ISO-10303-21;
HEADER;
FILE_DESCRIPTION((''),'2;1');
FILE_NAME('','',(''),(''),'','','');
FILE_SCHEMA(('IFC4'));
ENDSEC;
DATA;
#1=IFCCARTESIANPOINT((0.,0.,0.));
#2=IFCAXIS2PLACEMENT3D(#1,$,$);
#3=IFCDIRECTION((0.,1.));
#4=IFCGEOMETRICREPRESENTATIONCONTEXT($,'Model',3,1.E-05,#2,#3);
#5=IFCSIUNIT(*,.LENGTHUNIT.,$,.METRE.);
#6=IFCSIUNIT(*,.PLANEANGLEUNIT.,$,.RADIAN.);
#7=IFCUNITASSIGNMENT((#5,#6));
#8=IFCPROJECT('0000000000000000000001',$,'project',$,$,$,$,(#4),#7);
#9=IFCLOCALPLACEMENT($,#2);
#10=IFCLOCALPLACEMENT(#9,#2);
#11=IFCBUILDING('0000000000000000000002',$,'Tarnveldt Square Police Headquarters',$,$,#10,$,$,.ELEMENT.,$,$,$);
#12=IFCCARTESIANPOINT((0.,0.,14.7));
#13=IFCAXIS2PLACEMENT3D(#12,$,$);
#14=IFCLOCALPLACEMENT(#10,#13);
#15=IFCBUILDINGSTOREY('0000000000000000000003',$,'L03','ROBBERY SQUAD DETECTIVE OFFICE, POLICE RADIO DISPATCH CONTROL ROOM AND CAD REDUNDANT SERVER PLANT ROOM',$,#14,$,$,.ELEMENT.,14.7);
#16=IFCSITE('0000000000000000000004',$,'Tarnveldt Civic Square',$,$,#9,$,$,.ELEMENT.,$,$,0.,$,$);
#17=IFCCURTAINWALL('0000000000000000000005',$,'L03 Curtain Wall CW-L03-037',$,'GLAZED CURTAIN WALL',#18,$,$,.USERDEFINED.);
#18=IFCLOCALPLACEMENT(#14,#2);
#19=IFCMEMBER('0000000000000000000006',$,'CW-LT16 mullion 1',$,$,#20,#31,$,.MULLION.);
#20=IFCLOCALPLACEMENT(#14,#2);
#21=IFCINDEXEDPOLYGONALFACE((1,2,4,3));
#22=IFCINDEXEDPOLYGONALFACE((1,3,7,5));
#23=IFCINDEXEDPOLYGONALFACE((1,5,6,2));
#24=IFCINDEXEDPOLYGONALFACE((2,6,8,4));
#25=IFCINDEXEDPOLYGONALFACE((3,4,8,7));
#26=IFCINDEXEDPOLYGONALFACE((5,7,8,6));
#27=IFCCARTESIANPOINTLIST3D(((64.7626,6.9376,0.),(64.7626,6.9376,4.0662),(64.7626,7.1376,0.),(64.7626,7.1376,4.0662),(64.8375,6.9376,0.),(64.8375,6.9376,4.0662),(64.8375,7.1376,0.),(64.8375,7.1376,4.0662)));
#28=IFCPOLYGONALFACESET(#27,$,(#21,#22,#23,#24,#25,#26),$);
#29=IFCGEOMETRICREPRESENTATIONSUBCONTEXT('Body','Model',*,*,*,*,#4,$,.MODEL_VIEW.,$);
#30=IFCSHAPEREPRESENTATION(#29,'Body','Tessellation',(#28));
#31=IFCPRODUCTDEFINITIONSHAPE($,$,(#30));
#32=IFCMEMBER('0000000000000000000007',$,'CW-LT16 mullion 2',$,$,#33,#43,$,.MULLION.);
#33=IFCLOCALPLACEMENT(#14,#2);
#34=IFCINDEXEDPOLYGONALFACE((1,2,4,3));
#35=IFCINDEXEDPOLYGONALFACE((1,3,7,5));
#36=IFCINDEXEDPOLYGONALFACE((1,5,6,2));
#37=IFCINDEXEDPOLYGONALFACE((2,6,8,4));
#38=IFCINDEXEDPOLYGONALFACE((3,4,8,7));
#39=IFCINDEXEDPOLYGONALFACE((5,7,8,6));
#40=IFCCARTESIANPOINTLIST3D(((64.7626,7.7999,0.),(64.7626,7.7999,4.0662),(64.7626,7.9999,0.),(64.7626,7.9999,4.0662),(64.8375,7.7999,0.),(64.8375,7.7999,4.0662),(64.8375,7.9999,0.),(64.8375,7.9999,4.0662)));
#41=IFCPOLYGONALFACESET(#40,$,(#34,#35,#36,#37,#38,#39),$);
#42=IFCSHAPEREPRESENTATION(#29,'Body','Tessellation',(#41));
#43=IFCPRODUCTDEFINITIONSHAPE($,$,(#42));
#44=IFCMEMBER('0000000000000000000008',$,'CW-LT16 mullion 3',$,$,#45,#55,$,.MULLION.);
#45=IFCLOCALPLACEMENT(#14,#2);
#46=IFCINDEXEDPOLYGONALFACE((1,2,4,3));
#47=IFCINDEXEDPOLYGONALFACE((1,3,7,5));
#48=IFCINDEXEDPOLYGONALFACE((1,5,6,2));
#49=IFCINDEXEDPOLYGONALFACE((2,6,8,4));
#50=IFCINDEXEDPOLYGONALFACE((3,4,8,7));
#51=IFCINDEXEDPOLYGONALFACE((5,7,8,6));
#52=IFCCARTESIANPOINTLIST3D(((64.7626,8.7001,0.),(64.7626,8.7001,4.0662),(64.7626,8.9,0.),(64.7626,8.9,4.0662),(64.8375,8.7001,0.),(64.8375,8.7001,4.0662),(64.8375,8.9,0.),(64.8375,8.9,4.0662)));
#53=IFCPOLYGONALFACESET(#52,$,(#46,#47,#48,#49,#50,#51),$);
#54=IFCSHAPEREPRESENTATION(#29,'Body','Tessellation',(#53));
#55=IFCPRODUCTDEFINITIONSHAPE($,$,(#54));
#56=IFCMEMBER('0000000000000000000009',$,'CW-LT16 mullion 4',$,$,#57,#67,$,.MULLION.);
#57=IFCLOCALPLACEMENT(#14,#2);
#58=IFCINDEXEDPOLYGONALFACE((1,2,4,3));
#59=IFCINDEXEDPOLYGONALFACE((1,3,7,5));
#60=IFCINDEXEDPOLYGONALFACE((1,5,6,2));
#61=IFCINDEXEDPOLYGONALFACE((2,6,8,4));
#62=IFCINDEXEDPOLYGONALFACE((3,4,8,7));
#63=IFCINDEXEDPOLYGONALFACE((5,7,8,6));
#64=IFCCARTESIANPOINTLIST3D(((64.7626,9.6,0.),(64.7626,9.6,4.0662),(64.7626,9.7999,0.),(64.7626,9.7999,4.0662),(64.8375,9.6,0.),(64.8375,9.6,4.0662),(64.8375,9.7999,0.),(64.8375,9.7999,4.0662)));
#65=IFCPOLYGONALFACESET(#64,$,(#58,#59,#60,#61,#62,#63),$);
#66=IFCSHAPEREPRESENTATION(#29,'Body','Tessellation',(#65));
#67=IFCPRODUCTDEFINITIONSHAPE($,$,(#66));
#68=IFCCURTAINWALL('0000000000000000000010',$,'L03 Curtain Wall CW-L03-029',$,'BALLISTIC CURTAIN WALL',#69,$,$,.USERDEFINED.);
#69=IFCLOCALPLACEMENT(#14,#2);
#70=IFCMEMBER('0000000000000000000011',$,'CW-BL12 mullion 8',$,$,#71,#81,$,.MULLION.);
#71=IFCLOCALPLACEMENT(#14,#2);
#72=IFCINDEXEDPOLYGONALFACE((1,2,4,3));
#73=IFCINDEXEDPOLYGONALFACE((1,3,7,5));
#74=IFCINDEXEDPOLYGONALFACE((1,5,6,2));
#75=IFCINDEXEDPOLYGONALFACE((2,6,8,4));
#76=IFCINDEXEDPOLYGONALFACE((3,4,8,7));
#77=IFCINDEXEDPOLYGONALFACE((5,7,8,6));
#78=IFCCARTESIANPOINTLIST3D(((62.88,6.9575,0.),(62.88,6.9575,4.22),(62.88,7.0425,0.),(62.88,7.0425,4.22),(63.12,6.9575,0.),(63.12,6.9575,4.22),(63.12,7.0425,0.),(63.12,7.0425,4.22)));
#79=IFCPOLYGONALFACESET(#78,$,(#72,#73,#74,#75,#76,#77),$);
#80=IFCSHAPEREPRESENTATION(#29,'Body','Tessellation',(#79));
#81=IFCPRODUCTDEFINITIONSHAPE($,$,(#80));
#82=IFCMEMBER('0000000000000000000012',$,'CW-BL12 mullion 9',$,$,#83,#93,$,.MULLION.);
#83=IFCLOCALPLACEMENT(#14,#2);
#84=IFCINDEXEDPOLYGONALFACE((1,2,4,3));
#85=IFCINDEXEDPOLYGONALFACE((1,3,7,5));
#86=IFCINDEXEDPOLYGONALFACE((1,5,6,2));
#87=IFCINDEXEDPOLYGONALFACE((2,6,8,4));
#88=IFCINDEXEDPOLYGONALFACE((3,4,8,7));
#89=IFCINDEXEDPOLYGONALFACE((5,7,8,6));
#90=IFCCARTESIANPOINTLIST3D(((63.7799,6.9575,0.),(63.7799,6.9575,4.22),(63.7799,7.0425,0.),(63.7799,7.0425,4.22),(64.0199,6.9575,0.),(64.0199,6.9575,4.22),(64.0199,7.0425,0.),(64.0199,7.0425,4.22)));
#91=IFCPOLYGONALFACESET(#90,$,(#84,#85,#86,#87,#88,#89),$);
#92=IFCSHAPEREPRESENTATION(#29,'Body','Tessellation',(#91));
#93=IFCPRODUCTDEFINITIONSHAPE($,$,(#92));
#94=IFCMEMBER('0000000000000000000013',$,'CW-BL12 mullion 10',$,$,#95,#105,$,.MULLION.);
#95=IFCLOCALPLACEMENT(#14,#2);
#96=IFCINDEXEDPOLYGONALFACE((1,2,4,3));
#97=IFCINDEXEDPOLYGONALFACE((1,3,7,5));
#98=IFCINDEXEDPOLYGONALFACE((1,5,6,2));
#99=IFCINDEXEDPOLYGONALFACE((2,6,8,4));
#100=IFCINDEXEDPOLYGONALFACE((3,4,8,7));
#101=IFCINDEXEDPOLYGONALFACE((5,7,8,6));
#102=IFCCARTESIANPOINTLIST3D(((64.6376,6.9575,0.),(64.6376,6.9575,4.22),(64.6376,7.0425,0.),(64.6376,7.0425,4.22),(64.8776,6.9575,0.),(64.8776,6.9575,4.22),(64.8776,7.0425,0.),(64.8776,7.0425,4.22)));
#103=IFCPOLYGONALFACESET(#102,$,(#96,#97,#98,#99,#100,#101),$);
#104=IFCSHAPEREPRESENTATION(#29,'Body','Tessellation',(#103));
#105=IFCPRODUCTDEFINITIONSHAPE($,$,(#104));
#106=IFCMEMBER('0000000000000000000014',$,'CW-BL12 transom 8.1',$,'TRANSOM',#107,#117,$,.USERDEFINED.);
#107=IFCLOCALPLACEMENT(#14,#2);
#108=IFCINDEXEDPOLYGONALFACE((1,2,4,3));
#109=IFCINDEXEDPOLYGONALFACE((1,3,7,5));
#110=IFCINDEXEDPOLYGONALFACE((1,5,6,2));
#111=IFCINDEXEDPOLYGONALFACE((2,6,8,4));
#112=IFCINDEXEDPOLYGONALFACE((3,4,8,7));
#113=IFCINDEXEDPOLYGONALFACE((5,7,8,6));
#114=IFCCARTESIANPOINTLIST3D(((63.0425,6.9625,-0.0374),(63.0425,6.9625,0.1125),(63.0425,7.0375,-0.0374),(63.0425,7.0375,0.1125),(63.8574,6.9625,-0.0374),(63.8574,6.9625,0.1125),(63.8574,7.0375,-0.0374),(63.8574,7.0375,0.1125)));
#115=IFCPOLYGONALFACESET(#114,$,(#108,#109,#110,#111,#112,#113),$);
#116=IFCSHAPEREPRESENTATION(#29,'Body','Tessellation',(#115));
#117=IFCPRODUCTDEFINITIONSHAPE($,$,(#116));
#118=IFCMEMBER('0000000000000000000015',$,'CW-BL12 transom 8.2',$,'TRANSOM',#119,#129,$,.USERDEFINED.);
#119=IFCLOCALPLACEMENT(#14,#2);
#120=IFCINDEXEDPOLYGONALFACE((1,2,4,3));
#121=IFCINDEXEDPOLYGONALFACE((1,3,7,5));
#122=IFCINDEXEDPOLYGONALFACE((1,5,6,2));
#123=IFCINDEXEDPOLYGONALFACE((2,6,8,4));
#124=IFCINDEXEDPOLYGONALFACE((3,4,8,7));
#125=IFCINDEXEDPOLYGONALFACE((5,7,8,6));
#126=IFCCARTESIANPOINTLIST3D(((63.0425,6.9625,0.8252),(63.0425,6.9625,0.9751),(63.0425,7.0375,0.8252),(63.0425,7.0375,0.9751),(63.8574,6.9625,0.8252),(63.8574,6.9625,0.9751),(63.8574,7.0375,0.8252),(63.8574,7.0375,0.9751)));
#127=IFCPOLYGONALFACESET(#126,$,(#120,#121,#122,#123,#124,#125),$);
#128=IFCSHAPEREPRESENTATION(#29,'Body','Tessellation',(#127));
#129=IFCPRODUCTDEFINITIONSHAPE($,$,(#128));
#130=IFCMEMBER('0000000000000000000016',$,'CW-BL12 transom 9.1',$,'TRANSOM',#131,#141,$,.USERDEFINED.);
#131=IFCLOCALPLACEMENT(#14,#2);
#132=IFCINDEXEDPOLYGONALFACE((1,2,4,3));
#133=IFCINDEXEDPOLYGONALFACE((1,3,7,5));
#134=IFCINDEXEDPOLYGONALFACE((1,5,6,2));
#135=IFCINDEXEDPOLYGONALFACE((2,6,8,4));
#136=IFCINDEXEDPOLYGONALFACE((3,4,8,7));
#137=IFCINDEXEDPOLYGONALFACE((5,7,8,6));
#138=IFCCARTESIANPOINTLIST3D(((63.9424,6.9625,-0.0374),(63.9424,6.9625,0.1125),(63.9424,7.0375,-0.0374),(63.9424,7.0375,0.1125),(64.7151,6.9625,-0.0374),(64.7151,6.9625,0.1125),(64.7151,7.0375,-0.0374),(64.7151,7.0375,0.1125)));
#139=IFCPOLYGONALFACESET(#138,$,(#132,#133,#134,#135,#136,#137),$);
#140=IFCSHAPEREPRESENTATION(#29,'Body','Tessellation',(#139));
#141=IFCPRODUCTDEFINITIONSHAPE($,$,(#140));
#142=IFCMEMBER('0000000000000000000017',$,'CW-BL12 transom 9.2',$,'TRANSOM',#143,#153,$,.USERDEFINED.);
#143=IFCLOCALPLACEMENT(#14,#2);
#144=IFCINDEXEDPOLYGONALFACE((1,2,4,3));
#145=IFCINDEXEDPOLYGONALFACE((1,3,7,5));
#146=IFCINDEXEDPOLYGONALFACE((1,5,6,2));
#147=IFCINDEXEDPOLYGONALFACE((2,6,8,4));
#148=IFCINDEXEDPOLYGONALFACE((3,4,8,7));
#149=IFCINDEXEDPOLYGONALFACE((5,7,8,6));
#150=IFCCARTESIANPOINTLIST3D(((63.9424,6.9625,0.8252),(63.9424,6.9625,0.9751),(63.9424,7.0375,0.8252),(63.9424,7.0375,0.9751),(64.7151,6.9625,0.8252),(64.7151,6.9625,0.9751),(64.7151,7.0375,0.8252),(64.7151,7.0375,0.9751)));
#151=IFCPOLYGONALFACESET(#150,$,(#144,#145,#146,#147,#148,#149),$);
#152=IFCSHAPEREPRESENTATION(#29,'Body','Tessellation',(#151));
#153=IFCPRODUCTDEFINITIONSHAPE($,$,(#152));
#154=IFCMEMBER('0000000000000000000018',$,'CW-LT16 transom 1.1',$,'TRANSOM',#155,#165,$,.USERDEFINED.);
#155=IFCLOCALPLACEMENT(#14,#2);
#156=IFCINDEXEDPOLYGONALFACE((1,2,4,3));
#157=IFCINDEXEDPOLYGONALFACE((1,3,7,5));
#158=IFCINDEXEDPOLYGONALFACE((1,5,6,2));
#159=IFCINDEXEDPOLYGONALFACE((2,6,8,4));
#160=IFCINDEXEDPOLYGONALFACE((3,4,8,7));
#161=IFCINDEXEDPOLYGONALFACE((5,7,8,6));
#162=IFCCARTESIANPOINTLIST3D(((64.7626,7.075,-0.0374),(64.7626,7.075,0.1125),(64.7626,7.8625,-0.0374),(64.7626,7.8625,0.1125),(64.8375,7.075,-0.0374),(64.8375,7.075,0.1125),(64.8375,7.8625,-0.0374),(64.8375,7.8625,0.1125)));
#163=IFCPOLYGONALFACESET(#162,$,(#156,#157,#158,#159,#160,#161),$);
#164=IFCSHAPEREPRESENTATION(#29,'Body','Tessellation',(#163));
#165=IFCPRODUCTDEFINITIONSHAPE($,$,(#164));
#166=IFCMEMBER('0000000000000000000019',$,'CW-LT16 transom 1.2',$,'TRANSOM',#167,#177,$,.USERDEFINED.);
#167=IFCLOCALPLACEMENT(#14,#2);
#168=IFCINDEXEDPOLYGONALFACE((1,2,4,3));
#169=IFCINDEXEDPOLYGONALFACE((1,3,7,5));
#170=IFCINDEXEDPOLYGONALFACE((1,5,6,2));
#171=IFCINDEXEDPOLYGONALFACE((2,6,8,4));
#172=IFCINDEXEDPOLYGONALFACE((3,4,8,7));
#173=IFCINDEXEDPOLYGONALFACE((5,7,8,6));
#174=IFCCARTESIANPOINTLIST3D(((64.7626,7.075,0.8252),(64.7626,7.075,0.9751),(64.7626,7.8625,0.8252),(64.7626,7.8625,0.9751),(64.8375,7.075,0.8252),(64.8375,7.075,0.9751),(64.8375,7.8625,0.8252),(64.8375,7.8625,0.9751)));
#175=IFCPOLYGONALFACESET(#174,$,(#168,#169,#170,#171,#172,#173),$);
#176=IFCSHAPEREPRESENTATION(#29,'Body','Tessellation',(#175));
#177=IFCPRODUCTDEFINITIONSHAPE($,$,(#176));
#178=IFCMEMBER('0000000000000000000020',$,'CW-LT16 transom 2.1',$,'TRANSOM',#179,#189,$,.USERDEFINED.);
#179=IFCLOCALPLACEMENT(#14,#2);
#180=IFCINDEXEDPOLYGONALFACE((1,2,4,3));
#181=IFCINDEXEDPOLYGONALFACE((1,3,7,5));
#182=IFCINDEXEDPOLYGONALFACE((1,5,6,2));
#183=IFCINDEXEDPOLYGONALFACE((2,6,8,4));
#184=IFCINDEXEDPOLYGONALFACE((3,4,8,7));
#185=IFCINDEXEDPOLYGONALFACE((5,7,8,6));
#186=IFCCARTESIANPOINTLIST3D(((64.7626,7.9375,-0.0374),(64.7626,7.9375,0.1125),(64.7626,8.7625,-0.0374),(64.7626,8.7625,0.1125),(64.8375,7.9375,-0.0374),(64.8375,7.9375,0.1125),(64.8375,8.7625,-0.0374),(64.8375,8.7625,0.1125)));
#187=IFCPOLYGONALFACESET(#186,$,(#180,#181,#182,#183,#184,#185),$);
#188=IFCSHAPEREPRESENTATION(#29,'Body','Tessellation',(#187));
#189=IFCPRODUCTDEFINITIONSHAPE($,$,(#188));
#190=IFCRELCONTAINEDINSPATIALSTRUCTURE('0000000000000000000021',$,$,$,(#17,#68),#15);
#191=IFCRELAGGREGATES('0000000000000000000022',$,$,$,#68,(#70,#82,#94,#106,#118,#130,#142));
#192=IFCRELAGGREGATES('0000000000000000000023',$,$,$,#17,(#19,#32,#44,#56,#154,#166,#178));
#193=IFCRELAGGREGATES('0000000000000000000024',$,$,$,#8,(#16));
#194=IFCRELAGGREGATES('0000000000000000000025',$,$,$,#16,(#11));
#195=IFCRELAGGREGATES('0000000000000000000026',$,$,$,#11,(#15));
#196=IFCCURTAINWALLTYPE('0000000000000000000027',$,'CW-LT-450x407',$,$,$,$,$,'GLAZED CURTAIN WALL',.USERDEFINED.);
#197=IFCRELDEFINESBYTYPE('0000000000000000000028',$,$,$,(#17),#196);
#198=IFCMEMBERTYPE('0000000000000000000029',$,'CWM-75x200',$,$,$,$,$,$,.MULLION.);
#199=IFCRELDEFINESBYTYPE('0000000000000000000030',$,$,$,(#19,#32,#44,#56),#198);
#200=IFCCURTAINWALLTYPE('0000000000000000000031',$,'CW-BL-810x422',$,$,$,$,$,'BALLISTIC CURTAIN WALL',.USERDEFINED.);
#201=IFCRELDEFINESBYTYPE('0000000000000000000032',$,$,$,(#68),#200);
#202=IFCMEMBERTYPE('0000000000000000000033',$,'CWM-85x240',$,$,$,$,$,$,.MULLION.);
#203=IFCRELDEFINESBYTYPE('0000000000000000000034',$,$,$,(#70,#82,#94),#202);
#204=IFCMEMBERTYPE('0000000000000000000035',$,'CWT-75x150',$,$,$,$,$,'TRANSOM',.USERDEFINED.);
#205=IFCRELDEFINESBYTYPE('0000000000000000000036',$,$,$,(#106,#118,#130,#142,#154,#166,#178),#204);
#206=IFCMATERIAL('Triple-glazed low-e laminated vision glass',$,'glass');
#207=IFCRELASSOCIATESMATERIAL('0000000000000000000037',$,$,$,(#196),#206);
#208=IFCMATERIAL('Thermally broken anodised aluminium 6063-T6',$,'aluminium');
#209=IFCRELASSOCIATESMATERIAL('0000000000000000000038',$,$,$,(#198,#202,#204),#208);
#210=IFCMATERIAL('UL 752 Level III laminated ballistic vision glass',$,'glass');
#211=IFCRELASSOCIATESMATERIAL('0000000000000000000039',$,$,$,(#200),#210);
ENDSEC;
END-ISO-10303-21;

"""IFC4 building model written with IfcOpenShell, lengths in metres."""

from ifc_helpers import new_model, si_unit, direction, frame, origin, origin_2d, place, context, subcontext, project, spatial, rectangle, extrude, material, material_profile, profile_set, type_object, element, aggregate, save


model = new_model("IFC4")

# Units and contexts
model_context = context("Model", 3, precision=1e-05, world=origin(), true_north=direction((0.0, 1.0)))
body_context = subcontext(model_context, "Body", "Model", "MODEL_VIEW")
ifc_project = project(units=[si_unit("LENGTHUNIT", "METRE"), si_unit("PLANEANGLEUNIT", "RADIAN")], contexts=[model_context])

# Site, building, storey
site_placement = place(None, origin())
site = spatial("IfcSite", under=ifc_project, at=site_placement, Name="Tarnveldt Civic Square", CompositionType="ELEMENT", RefElevation=0.0)
building_placement = place(site_placement, origin())
building = spatial("IfcBuilding", under=site, at=building_placement, Name="Tarnveldt Square Police Headquarters", CompositionType="ELEMENT")
storey_placement = place(building_placement, frame((0.0, 0.0, 14.7)))
storey = spatial("IfcBuildingStorey", under=building, at=storey_placement, Name="L03", Description="ROBBERY SQUAD DETECTIVE OFFICE, POLICE RADIO DISPATCH CONTROL ROOM AND CAD REDUNDANT SERVER PLANT ROOM", CompositionType="ELEMENT", Elevation=14.7)

# Curtain walls, members
ifc_material_1 = material(Name="Triple-glazed low-e laminated vision glass", Category="glass")
curtain_wall_type_1 = type_object("IfcCurtainWallType", Name="CW-LT-450x407", ElementType="GLAZED CURTAIN WALL", PredefinedType="USERDEFINED", material=ifc_material_1)
curtain_wall_1_placement = place(storey_placement, origin())
curtain_wall_1 = element("IfcCurtainWall", 1, at=curtain_wall_1_placement, inside=storey, type_object=curtain_wall_type_1, Name="L03 Curtain Wall CW-L03-037", ObjectType="GLAZED CURTAIN WALL", PredefinedType="USERDEFINED")
ifc_material_2 = material(Name="Thermally broken anodised aluminium 6063-T6", Category="aluminium")
ifc_material_profile_1 = material_profile(ifc_material_2, rectangle(XDim=0.075, YDim=0.2, at=origin_2d()), Name="CW-M75x200")
ifc_profile_set_1 = profile_set([ifc_material_profile_1], Name="Thermally broken anodised aluminium 6063-T6")
member_type_1 = type_object("IfcMemberType", Name="CWM-75x200", PredefinedType="MULLION", material=ifc_profile_set_1)
member_1_placement = place(storey_placement, frame((64.8, 7.0376, 0.0), z_axis=(0.0, 0.0, 1.0), x_axis=(-1.0, 0.0, 0.0)))
member_1 = element("IfcMember", 2, at=member_1_placement, type_object=member_type_1, Name="CW-LT16 mullion 1", PredefinedType="MULLION", context=body_context, shape_type="SweptSolid", body=[
    extrude(rectangle(XDim=0.075, YDim=0.2, at=origin_2d()), origin(), (0.0, 0.0, 1.0), 4.0662),
])
member_2_placement = place(storey_placement, frame((64.8, 7.8999, 0.0), z_axis=(0.0, 0.0, 1.0), x_axis=(-1.0, 0.0, 0.0)))
member_2 = element("IfcMember", 3, at=member_2_placement, type_object=member_type_1, Name="CW-LT16 mullion 2", PredefinedType="MULLION", context=body_context, shape_type="SweptSolid", body=[
    extrude(rectangle(XDim=0.075, YDim=0.2, at=origin_2d()), origin(), (0.0, 0.0, 1.0), 4.0662),
])
member_3_placement = place(storey_placement, frame((64.8, 8.8, 0.0), z_axis=(0.0, 0.0, 1.0), x_axis=(-1.0, 0.0, 0.0)))
member_3 = element("IfcMember", 4, at=member_3_placement, type_object=member_type_1, Name="CW-LT16 mullion 3", PredefinedType="MULLION", context=body_context, shape_type="SweptSolid", body=[
    extrude(rectangle(XDim=0.075, YDim=0.2, at=origin_2d()), origin(), (0.0, 0.0, 1.0), 4.0662),
])
member_4_placement = place(storey_placement, frame((64.8, 9.7, 0.0), z_axis=(0.0, 0.0, 1.0), x_axis=(-1.0, 0.0, 0.0)))
member_4 = element("IfcMember", 5, at=member_4_placement, type_object=member_type_1, Name="CW-LT16 mullion 4", PredefinedType="MULLION", context=body_context, shape_type="SweptSolid", body=[
    extrude(rectangle(XDim=0.075, YDim=0.2, at=origin_2d()), origin(), (0.0, 0.0, 1.0), 4.0662),
])
ifc_material_3 = material(Name="UL 752 Level III laminated ballistic vision glass", Category="glass")
curtain_wall_type_2 = type_object("IfcCurtainWallType", Name="CW-BL-810x422", ElementType="BALLISTIC CURTAIN WALL", PredefinedType="USERDEFINED", material=ifc_material_3)
curtain_wall_2_placement = place(storey_placement, origin())
curtain_wall_2 = element("IfcCurtainWall", 6, at=curtain_wall_2_placement, inside=storey, type_object=curtain_wall_type_2, Name="L03 Curtain Wall CW-L03-029", ObjectType="BALLISTIC CURTAIN WALL", PredefinedType="USERDEFINED")
ifc_material_profile_2 = material_profile(ifc_material_2, rectangle(XDim=0.085, YDim=0.24, at=origin_2d()), Name="CW-M85x240")
ifc_profile_set_2 = profile_set([ifc_material_profile_2], Name="Thermally broken anodised aluminium 6063-T6")
member_type_2 = type_object("IfcMemberType", Name="CWM-85x240", PredefinedType="MULLION", material=ifc_profile_set_2)
member_5_placement = place(storey_placement, frame((63.0, 7.0, 0.0), z_axis=(0.0, 0.0, 1.0), x_axis=(0.0, 1.0, 0.0)))
member_5 = element("IfcMember", 7, at=member_5_placement, type_object=member_type_2, Name="CW-BL12 mullion 8", PredefinedType="MULLION", context=body_context, shape_type="SweptSolid", body=[
    extrude(rectangle(XDim=0.085, YDim=0.24, at=origin_2d()), origin(), (0.0, 0.0, 1.0), 4.22),
])
member_6_placement = place(storey_placement, frame((63.8999, 7.0, 0.0), z_axis=(0.0, 0.0, 1.0), x_axis=(0.0, 1.0, 0.0)))
member_6 = element("IfcMember", 8, at=member_6_placement, type_object=member_type_2, Name="CW-BL12 mullion 9", PredefinedType="MULLION", context=body_context, shape_type="SweptSolid", body=[
    extrude(rectangle(XDim=0.085, YDim=0.24, at=origin_2d()), origin(), (0.0, 0.0, 1.0), 4.22),
])
member_7_placement = place(storey_placement, frame((64.7576, 7.0, 0.0), z_axis=(0.0, 0.0, 1.0), x_axis=(0.0, 1.0, 0.0)))
member_7 = element("IfcMember", 9, at=member_7_placement, type_object=member_type_2, Name="CW-BL12 mullion 10", PredefinedType="MULLION", context=body_context, shape_type="SweptSolid", body=[
    extrude(rectangle(XDim=0.085, YDim=0.24, at=origin_2d()), origin(), (0.0, 0.0, 1.0), 4.22),
])
ifc_material_profile_3 = material_profile(ifc_material_2, rectangle(XDim=0.075, YDim=0.1499, at=origin_2d()), Name="CW-T75x150")
ifc_profile_set_3 = profile_set([ifc_material_profile_3], Name="Thermally broken anodised aluminium 6063-T6")
member_type_3 = type_object("IfcMemberType", Name="CWT-75x150", ElementType="TRANSOM", PredefinedType="USERDEFINED", material=ifc_profile_set_3)
member_8_placement = place(storey_placement, frame((63.0425, 7.0, 0.0376), z_axis=(1.0, 0.0, 0.0), x_axis=(0.0, 1.0, 0.0)))
member_8 = element("IfcMember", 10, at=member_8_placement, type_object=member_type_3, Name="CW-BL12 transom 8.1", ObjectType="TRANSOM", PredefinedType="USERDEFINED", context=body_context, shape_type="SweptSolid", body=[
    extrude(rectangle(XDim=0.075, YDim=0.1499, at=origin_2d()), origin(), (0.0, 0.0, 1.0), 0.8149),
])
member_9_placement = place(storey_placement, frame((63.0425, 7.0, 0.9001), z_axis=(1.0, 0.0, 0.0), x_axis=(0.0, 1.0, 0.0)))
member_9 = element("IfcMember", 11, at=member_9_placement, type_object=member_type_3, Name="CW-BL12 transom 8.2", ObjectType="TRANSOM", PredefinedType="USERDEFINED", context=body_context, shape_type="SweptSolid", body=[
    extrude(rectangle(XDim=0.075, YDim=0.1499, at=origin_2d()), origin(), (0.0, 0.0, 1.0), 0.8149),
])
member_10_placement = place(storey_placement, frame((63.9424, 7.0, 0.0376), z_axis=(1.0, 0.0, 0.0), x_axis=(0.0, 1.0, 0.0)))
member_10 = element("IfcMember", 12, at=member_10_placement, type_object=member_type_3, Name="CW-BL12 transom 9.1", ObjectType="TRANSOM", PredefinedType="USERDEFINED", context=body_context, shape_type="SweptSolid", body=[
    extrude(rectangle(XDim=0.075, YDim=0.1499, at=origin_2d()), origin(), (0.0, 0.0, 1.0), 0.7727),
])
member_11_placement = place(storey_placement, frame((63.9424, 7.0, 0.9001), z_axis=(1.0, 0.0, 0.0), x_axis=(0.0, 1.0, 0.0)))
member_11 = element("IfcMember", 13, at=member_11_placement, type_object=member_type_3, Name="CW-BL12 transom 9.2", ObjectType="TRANSOM", PredefinedType="USERDEFINED", context=body_context, shape_type="SweptSolid", body=[
    extrude(rectangle(XDim=0.075, YDim=0.1499, at=origin_2d()), origin(), (0.0, 0.0, 1.0), 0.7727),
])

# Members
member_12_placement = place(storey_placement, frame((64.8, 7.075, 0.0376), z_axis=(0.0, 1.0, 0.0), x_axis=(-1.0, 0.0, 0.0)))
member_12 = element("IfcMember", 14, at=member_12_placement, type_object=member_type_3, Name="CW-LT16 transom 1.1", ObjectType="TRANSOM", PredefinedType="USERDEFINED", context=body_context, shape_type="SweptSolid", body=[
    extrude(rectangle(XDim=0.075, YDim=0.1499, at=origin_2d()), origin(), (0.0, 0.0, 1.0), 0.7876),
])
member_13_placement = place(storey_placement, frame((64.8, 7.075, 0.9001), z_axis=(0.0, 1.0, 0.0), x_axis=(-1.0, 0.0, 0.0)))
member_13 = element("IfcMember", 15, at=member_13_placement, type_object=member_type_3, Name="CW-LT16 transom 1.2", ObjectType="TRANSOM", PredefinedType="USERDEFINED", context=body_context, shape_type="SweptSolid", body=[
    extrude(rectangle(XDim=0.075, YDim=0.1499, at=origin_2d()), origin(), (0.0, 0.0, 1.0), 0.7876),
])
member_14_placement = place(storey_placement, frame((64.8, 7.9375, 0.0376), z_axis=(0.0, 1.0, 0.0), x_axis=(-1.0, 0.0, 0.0)))
member_14 = element("IfcMember", 16, at=member_14_placement, type_object=member_type_3, Name="CW-LT16 transom 2.1", ObjectType="TRANSOM", PredefinedType="USERDEFINED", context=body_context, shape_type="SweptSolid", body=[
    extrude(rectangle(XDim=0.075, YDim=0.1499, at=origin_2d()), origin(), (0.0, 0.0, 1.0), 0.825),
])

aggregate(curtain_wall_2, [member_5, member_6, member_7, member_8, member_9, member_10, member_11])
aggregate(curtain_wall_1, [member_1, member_2, member_3, member_4, member_12, member_13, member_14])

save(model, "model.ifc")
